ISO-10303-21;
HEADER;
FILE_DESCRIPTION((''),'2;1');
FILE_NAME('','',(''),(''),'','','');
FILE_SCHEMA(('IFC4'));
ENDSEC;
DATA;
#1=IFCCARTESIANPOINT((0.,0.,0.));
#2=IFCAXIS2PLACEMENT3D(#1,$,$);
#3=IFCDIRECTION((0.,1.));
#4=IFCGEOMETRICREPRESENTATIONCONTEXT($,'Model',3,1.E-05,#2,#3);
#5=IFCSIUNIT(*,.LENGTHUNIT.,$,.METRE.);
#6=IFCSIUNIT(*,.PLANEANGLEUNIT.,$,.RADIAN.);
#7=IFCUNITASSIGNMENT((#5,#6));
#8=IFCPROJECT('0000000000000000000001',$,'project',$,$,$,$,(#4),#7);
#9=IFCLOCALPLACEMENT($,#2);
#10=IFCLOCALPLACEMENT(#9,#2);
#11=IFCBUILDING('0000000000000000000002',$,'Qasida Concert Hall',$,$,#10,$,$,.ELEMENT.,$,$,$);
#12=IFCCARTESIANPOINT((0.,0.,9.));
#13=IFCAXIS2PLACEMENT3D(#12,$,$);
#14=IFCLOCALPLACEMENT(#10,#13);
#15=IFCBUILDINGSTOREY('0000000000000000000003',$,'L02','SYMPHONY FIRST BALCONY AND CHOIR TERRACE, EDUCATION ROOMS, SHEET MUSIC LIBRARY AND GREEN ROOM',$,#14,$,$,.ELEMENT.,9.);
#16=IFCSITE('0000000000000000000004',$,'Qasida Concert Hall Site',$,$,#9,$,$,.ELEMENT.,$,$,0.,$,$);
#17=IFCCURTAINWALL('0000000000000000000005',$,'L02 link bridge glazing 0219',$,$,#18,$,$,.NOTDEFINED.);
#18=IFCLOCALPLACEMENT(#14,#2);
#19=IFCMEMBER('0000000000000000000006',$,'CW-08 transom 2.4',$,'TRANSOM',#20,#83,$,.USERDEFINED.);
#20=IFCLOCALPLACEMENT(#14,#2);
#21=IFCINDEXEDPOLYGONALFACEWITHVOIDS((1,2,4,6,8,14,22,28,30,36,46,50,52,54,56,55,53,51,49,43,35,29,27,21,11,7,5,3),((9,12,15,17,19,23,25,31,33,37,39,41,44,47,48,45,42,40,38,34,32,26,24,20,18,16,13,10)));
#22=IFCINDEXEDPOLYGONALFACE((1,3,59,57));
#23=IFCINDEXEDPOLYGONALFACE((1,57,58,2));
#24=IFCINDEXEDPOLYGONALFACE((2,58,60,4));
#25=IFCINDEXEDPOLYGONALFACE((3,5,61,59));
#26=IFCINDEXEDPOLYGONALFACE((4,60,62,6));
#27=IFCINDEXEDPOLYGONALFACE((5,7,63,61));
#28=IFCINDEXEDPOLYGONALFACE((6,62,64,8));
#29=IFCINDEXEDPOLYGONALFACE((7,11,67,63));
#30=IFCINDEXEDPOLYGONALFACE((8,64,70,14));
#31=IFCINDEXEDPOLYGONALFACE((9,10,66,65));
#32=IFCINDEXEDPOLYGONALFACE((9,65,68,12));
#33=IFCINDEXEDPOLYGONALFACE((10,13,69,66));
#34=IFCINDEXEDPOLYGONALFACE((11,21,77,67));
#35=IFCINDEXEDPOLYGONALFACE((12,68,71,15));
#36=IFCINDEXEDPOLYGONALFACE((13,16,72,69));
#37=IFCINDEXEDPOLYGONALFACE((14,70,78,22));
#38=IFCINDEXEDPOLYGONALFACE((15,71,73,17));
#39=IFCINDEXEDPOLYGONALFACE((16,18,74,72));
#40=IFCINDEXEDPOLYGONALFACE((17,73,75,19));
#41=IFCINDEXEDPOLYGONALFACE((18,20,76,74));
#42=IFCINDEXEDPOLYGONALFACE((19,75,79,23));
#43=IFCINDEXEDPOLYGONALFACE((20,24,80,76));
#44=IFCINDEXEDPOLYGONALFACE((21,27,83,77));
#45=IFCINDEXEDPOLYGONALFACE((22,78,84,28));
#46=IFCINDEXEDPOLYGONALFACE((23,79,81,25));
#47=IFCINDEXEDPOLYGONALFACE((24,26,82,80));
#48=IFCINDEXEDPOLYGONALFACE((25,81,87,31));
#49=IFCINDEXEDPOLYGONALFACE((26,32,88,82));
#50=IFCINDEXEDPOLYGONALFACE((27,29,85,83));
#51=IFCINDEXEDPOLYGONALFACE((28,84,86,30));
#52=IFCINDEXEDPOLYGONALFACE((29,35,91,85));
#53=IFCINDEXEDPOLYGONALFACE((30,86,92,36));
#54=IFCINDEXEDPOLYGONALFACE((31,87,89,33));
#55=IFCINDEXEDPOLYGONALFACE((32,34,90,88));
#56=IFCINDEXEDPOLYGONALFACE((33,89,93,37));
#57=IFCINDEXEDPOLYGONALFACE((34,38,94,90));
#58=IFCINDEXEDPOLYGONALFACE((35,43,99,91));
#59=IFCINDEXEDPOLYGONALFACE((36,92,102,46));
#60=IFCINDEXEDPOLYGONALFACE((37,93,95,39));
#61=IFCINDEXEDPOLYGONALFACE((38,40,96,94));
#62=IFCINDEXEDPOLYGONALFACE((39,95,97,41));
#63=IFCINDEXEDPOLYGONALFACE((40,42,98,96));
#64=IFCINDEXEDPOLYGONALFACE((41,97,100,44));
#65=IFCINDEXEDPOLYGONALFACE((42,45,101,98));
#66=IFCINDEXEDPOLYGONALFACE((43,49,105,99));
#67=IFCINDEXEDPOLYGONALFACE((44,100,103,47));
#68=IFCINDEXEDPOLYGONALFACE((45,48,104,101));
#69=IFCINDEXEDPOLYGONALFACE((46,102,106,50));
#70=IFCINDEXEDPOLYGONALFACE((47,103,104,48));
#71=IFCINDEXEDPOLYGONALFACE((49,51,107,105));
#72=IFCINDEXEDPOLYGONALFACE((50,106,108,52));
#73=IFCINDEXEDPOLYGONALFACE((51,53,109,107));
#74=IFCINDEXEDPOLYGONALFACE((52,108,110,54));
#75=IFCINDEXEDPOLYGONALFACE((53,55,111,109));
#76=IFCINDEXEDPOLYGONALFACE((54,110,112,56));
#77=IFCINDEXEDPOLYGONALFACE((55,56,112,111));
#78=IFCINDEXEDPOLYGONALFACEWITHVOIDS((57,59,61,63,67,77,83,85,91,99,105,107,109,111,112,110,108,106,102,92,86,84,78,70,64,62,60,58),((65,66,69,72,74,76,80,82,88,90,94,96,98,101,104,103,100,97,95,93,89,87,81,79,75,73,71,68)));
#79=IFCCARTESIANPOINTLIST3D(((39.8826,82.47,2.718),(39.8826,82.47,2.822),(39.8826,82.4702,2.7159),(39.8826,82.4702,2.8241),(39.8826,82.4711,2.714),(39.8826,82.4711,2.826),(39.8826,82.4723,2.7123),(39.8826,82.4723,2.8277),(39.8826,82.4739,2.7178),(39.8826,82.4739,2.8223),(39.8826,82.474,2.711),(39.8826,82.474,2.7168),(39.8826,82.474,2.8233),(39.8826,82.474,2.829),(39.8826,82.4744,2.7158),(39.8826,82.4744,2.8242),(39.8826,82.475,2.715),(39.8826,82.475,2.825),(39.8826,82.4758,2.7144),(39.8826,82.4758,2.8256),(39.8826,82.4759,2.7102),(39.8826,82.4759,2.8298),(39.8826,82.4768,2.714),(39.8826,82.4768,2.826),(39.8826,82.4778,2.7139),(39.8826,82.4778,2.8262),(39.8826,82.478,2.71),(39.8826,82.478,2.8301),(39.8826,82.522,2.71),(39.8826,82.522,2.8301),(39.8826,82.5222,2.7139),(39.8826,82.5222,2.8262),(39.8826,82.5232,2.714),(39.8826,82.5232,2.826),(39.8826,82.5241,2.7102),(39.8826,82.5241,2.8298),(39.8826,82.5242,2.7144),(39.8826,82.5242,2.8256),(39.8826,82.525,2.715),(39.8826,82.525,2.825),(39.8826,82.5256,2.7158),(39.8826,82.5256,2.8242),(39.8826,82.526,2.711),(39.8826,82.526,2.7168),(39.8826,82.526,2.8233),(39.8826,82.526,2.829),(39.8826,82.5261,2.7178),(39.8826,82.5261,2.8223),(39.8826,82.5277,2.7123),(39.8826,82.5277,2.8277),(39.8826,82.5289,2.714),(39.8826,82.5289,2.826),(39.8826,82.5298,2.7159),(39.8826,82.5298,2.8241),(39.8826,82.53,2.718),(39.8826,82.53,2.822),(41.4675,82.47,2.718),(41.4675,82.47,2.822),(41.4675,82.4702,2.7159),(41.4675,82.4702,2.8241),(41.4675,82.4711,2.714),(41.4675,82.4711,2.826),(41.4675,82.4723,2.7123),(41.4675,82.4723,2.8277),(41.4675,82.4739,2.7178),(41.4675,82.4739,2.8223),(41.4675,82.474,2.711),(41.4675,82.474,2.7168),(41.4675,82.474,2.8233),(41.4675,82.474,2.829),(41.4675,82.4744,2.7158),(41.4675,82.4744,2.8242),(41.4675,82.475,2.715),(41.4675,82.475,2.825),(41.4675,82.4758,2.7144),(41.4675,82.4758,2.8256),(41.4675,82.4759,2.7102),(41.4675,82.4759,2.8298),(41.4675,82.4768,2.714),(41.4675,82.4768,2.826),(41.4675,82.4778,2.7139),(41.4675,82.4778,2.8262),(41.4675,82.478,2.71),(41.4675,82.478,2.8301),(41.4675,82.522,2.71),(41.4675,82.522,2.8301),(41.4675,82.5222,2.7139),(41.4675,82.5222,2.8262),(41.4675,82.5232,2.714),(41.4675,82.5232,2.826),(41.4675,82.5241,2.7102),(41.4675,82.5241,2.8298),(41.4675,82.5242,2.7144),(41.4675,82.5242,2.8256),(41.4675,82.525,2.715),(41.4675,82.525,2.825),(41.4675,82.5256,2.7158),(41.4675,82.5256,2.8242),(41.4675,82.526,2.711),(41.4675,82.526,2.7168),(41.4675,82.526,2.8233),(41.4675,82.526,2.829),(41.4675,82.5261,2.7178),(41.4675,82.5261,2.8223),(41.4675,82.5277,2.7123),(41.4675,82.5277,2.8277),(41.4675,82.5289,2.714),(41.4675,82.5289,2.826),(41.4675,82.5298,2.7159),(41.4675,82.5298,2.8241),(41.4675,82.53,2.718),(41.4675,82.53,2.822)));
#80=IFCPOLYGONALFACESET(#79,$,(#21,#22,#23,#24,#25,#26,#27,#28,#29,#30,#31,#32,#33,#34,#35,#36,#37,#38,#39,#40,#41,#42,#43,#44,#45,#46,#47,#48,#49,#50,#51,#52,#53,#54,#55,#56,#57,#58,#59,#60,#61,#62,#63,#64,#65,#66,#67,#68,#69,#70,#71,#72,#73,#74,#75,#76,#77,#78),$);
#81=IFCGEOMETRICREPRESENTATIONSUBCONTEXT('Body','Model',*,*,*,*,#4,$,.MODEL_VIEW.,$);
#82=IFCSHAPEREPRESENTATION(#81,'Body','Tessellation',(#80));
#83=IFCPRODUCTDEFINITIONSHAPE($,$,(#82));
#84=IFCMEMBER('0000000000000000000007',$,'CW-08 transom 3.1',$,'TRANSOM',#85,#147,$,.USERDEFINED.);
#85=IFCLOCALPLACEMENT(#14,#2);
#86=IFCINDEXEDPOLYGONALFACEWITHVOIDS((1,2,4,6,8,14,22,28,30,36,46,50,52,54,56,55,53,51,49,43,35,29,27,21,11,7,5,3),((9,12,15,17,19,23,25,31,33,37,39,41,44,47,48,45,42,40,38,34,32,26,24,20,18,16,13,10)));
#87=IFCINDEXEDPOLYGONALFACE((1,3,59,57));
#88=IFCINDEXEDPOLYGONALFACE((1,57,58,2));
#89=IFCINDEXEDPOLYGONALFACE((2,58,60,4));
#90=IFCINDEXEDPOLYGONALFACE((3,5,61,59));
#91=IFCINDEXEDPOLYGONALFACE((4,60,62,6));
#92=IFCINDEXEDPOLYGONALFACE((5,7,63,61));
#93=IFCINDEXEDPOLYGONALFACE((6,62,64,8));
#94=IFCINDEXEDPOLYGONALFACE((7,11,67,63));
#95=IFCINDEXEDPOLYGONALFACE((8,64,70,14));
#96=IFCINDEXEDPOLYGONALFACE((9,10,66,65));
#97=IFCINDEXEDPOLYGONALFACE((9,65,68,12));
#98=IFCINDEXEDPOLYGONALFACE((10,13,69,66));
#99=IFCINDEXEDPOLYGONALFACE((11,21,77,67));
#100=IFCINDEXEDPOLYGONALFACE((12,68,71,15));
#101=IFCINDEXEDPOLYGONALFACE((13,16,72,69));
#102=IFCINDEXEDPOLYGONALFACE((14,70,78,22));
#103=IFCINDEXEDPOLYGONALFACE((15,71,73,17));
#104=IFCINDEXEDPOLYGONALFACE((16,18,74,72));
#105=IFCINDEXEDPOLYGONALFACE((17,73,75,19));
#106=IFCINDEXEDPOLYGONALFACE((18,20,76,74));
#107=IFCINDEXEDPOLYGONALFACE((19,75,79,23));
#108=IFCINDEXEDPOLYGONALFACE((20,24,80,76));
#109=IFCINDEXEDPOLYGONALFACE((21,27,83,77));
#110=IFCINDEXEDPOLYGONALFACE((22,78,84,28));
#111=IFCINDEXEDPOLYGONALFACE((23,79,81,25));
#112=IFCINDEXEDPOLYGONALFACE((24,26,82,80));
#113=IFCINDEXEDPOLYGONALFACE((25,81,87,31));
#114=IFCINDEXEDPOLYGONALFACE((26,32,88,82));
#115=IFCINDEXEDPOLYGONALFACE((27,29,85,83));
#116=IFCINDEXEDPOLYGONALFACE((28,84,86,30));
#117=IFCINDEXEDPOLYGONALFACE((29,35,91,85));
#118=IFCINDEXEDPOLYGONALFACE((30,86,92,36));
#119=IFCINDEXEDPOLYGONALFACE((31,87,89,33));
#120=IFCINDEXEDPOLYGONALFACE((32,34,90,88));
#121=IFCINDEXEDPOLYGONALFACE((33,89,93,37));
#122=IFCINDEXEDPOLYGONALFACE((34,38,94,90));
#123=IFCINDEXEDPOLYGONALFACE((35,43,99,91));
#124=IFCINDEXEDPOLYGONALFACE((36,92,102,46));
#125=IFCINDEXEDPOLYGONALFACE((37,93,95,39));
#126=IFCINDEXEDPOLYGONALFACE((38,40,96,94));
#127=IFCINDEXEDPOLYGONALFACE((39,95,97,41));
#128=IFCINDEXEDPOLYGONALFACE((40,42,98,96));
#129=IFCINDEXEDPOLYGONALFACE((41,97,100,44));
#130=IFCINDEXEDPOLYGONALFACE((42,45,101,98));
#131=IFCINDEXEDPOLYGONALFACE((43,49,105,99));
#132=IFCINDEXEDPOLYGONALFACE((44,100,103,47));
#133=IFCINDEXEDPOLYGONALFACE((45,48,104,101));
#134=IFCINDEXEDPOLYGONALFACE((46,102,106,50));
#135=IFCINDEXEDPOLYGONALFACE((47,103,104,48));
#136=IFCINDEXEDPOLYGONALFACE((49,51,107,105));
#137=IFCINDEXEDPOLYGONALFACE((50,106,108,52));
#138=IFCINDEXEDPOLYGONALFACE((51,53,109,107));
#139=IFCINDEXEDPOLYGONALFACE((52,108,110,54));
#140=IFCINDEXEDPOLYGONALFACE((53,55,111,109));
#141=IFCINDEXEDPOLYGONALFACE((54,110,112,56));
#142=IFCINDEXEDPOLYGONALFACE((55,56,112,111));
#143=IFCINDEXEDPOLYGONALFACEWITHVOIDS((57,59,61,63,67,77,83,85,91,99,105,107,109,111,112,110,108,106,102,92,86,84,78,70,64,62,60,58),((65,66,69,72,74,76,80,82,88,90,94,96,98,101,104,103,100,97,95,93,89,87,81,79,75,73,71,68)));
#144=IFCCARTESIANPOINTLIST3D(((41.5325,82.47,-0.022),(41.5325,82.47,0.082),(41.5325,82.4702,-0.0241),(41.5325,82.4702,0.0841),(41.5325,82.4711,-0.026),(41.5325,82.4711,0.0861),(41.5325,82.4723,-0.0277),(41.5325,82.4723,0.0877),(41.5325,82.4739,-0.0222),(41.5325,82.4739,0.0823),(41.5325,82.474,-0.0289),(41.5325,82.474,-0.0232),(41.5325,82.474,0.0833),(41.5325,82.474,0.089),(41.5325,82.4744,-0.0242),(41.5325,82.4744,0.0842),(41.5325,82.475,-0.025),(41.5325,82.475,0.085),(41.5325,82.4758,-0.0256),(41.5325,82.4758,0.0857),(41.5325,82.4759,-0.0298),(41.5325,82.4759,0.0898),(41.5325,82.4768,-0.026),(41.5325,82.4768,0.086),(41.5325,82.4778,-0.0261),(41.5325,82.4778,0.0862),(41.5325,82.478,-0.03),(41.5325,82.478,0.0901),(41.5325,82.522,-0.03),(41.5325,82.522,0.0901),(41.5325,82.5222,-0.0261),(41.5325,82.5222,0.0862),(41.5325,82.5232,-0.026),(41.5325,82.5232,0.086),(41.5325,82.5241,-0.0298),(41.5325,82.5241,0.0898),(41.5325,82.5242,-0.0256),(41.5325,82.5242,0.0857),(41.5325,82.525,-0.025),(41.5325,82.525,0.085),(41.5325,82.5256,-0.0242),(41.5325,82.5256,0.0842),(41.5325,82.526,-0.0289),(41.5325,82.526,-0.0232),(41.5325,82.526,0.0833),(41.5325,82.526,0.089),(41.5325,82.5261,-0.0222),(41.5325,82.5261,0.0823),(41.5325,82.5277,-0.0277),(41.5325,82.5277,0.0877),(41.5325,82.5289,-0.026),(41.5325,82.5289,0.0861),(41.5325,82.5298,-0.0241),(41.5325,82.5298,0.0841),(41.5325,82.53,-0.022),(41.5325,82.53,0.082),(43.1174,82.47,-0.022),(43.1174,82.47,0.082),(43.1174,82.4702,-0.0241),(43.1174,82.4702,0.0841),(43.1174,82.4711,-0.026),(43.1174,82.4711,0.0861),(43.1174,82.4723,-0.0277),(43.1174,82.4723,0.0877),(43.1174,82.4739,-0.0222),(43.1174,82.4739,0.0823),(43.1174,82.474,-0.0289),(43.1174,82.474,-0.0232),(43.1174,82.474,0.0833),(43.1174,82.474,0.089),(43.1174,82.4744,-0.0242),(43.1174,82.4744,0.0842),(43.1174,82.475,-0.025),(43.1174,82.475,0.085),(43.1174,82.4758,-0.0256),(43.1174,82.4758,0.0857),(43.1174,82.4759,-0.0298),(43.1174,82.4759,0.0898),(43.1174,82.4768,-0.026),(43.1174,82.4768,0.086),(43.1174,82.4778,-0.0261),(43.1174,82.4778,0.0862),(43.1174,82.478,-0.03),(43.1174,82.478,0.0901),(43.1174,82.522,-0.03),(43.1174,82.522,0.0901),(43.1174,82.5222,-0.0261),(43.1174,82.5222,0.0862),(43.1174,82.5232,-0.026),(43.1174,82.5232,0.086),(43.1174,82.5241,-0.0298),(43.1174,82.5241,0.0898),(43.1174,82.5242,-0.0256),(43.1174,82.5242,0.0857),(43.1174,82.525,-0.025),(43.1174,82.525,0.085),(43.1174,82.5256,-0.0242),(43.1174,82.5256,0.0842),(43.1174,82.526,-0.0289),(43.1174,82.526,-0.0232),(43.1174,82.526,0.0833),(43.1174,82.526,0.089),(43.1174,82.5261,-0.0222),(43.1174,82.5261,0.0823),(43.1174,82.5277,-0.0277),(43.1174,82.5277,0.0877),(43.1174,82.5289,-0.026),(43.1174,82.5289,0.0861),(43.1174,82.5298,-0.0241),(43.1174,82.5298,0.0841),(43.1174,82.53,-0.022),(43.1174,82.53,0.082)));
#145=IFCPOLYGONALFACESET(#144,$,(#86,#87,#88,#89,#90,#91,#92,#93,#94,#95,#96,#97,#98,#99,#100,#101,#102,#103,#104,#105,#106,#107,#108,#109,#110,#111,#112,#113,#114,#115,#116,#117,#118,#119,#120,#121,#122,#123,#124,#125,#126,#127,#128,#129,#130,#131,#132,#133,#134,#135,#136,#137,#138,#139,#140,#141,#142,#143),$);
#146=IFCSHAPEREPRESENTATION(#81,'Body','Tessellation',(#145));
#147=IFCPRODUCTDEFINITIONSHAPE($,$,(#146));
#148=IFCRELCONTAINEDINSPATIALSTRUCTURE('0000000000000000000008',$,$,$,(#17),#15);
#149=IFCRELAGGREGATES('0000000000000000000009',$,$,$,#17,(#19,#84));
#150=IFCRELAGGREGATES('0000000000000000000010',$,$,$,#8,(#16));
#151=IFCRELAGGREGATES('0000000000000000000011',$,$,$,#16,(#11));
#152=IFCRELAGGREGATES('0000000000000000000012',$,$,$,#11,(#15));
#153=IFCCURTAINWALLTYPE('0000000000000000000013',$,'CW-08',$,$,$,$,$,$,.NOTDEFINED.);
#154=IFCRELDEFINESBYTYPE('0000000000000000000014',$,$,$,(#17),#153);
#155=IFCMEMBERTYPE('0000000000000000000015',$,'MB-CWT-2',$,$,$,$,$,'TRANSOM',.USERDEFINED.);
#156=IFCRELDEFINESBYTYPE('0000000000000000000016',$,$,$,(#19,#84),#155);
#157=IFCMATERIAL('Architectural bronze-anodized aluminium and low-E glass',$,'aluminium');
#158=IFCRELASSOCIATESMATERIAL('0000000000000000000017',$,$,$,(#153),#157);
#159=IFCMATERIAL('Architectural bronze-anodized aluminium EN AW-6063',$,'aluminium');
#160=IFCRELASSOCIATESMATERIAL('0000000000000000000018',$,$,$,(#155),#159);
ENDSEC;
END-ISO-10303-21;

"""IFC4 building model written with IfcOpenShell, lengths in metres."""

from ifc_helpers import new_model, si_unit, direction, frame, origin, origin_2d, place, context, subcontext, project, spatial, hollow_rectangle, extrude, material, material_profile, profile_set, type_object, element, aggregate, save


model = new_model("IFC4")

# Units and contexts
model_context = context("Model", 3, precision=1e-05, world=origin(), true_north=direction((0.0, 1.0)))
body_context = subcontext(model_context, "Body", "Model", "MODEL_VIEW")
ifc_project = project(units=[si_unit("LENGTHUNIT", "METRE"), si_unit("PLANEANGLEUNIT", "RADIAN")], contexts=[model_context])

# Site, building, storey
site_placement = place(None, origin())
site = spatial("IfcSite", under=ifc_project, at=site_placement, Name="Qasida Concert Hall Site", CompositionType="ELEMENT", RefElevation=0.0)
building_placement = place(site_placement, origin())
building = spatial("IfcBuilding", under=site, at=building_placement, Name="Qasida Concert Hall", CompositionType="ELEMENT")
storey_placement = place(building_placement, frame((0.0, 0.0, 9.0)))
storey = spatial("IfcBuildingStorey", under=building, at=storey_placement, Name="L02", Description="SYMPHONY FIRST BALCONY AND CHOIR TERRACE, EDUCATION ROOMS, SHEET MUSIC LIBRARY AND GREEN ROOM", CompositionType="ELEMENT", Elevation=9.0)

# Curtain wall, members
ifc_material_1 = material(Name="Architectural bronze-anodized aluminium and low-E glass", Category="aluminium")
curtain_wall_type = type_object("IfcCurtainWallType", Name="CW-08", PredefinedType="NOTDEFINED", material=ifc_material_1)
curtain_wall_placement = place(storey_placement, origin())
curtain_wall = element("IfcCurtainWall", 1, at=curtain_wall_placement, inside=storey, type_object=curtain_wall_type, Name="L02 link bridge glazing 0219", PredefinedType="NOTDEFINED")
ifc_material_2 = material(Name="Architectural bronze-anodized aluminium EN AW-6063", Category="aluminium")
ifc_material_profile_1 = material_profile(ifc_material_2, hollow_rectangle(XDim=0.0601, YDim=0.1201, WallThickness=0.0039, InnerFilletRadius=0.0039, OuterFilletRadius=0.0081, at=origin_2d()), Name="CWT 120x60x4")
ifc_profile_set_1 = profile_set([ifc_material_profile_1], Name="Architectural bronze-anodized aluminium EN AW-6063")
member_type_1 = type_object("IfcMemberType", Name="MB-CWT-2", ElementType="TRANSOM", PredefinedType="USERDEFINED", material=ifc_profile_set_1)
member_1_placement = place(storey_placement, frame((39.8826, 82.5, 2.77), z_axis=(1.0, 0.0, 0.0), x_axis=(0.0, 1.0, 0.0)))
member_1 = element("IfcMember", 2, at=member_1_placement, type_object=member_type_1, Name="CW-08 transom 2.4", ObjectType="TRANSOM", PredefinedType="USERDEFINED", context=body_context, shape_type="SweptSolid", body=[
    extrude(hollow_rectangle(XDim=0.0601, YDim=0.1201, WallThickness=0.0039, InnerFilletRadius=0.0039, OuterFilletRadius=0.0081, at=origin_2d()), origin(), (0.0, 0.0, 1.0), 1.585),
])
member_2_placement = place(storey_placement, frame((41.5325, 82.5, 0.03), z_axis=(1.0, 0.0, 0.0), x_axis=(0.0, 1.0, 0.0)))
member_2 = element("IfcMember", 3, at=member_2_placement, type_object=member_type_1, Name="CW-08 transom 3.1", ObjectType="TRANSOM", PredefinedType="USERDEFINED", context=body_context, shape_type="SweptSolid", body=[
    extrude(hollow_rectangle(XDim=0.0601, YDim=0.1201, WallThickness=0.0039, InnerFilletRadius=0.0039, OuterFilletRadius=0.0081, at=origin_2d()), origin(), (0.0, 0.0, 1.0), 1.585),
])
aggregate(curtain_wall, [member_1, member_2])

save(model, "model.ifc")
